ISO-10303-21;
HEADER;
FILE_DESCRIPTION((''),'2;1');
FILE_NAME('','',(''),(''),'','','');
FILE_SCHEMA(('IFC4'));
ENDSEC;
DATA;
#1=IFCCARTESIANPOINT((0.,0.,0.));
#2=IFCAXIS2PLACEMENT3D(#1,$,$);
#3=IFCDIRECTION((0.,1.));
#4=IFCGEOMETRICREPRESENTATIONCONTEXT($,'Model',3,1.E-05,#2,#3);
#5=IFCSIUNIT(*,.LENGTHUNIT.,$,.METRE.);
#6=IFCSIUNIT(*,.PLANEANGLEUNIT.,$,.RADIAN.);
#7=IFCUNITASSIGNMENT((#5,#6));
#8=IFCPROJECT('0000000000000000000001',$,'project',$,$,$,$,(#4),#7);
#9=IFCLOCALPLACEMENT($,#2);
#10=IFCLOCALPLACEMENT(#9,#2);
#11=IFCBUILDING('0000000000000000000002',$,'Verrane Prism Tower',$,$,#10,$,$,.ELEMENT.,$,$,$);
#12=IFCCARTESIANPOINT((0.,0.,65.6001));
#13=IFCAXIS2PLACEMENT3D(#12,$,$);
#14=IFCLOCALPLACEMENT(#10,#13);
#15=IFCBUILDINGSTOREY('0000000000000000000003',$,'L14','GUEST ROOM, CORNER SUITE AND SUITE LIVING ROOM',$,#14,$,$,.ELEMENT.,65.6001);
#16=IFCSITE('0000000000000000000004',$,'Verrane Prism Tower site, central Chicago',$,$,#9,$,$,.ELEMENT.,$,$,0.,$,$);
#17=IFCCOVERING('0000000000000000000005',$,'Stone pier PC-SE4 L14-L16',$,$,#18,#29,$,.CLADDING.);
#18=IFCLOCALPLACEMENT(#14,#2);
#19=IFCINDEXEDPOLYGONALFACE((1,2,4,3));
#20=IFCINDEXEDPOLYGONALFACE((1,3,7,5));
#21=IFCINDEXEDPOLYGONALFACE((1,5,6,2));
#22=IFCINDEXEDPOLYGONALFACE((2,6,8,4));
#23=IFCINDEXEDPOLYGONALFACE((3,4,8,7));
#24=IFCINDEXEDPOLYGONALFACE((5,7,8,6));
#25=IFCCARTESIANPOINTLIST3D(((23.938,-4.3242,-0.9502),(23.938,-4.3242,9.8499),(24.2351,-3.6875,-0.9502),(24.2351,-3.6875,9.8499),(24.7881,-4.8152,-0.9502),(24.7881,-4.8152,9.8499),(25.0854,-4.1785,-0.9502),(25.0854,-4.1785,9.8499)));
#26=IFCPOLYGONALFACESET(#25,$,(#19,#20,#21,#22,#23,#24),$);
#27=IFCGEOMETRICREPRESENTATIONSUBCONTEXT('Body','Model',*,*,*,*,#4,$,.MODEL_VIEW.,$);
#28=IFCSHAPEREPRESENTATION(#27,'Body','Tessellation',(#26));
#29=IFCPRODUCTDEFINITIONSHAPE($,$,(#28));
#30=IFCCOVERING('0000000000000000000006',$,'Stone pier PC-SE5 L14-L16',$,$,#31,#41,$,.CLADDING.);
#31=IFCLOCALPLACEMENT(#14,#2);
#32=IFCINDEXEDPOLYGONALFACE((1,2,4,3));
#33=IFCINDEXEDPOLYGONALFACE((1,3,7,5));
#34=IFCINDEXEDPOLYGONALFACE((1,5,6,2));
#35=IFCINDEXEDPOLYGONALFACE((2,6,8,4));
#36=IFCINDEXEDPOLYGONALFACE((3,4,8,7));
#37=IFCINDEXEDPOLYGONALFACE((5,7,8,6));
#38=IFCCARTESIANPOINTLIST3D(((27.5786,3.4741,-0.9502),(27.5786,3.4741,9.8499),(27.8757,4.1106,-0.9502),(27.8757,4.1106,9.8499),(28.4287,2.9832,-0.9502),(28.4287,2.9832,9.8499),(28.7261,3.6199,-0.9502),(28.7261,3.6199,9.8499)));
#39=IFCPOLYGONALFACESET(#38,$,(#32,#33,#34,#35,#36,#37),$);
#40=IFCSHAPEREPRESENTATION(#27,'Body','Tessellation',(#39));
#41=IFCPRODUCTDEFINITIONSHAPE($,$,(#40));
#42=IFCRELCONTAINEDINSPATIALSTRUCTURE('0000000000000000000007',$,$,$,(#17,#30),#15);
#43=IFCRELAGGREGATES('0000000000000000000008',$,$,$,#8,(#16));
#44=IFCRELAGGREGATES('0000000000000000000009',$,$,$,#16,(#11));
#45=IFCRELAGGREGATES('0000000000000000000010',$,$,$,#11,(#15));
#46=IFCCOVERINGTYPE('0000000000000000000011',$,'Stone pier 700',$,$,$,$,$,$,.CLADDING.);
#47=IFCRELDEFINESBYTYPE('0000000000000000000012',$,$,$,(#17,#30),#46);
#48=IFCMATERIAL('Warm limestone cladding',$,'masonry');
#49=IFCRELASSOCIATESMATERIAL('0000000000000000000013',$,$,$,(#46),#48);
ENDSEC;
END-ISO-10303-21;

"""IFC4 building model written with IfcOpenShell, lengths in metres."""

from ifc_helpers import new_model, si_unit, direction, frame, origin, place, context, subcontext, project, spatial, polyline, outline, extrude, material, type_object, element, save


model = new_model("IFC4")

# Units and contexts
model_context = context("Model", 3, precision=1e-05, world=origin(), true_north=direction((0.0, 1.0)))
body_context = subcontext(model_context, "Body", "Model", "MODEL_VIEW")
ifc_project = project(units=[si_unit("LENGTHUNIT", "METRE"), si_unit("PLANEANGLEUNIT", "RADIAN")], contexts=[model_context])

# Site, building, storey
site_placement = place(None, origin())
site = spatial("IfcSite", under=ifc_project, at=site_placement, Name="Verrane Prism Tower site, central Chicago", CompositionType="ELEMENT", RefElevation=0.0)
building_placement = place(site_placement, origin())
building = spatial("IfcBuilding", under=site, at=building_placement, Name="Verrane Prism Tower", CompositionType="ELEMENT")
storey_placement = place(building_placement, frame((0.0, 0.0, 65.6001)))
storey = spatial("IfcBuildingStorey", under=building, at=storey_placement, Name="L14", Description="GUEST ROOM, CORNER SUITE AND SUITE LIVING ROOM", CompositionType="ELEMENT", Elevation=65.6001)

# Coverings
ifc_material_1 = material(Name="Warm limestone cladding", Category="masonry")
covering_type_1 = type_object("IfcCoveringType", Name="Stone pier 700", PredefinedType="CLADDING", material=ifc_material_1)
covering_1_placement = place(storey_placement, frame((0.0, 0.0, -0.9502)))
element("IfcCovering", 1, at=covering_1_placement, inside=storey, type_object=covering_type_1, Name="Stone pier PC-SE4 L14-L16", PredefinedType="CLADDING", context=body_context, shape_type="SweptSolid", body=[
    extrude(outline(polyline([(25.0854, -4.1785), (24.2351, -3.6875), (23.938, -4.3242), (24.7881, -4.8152), (25.0854, -4.1785)])), origin(), (0.0, 0.0, 1.0), 10.8),
])
covering_2_placement = place(storey_placement, frame((0.0, 0.0, -0.9502)))
element("IfcCovering", 2, at=covering_2_placement, inside=storey, type_object=covering_type_1, Name="Stone pier PC-SE5 L14-L16", PredefinedType="CLADDING", context=body_context, shape_type="SweptSolid", body=[
    extrude(outline(polyline([(28.7261, 3.6199), (27.8757, 4.1106), (27.5786, 3.4741), (28.4287, 2.9832), (28.7261, 3.6199)])), origin(), (0.0, 0.0, 1.0), 10.8),
])

save(model, "model.ifc")
